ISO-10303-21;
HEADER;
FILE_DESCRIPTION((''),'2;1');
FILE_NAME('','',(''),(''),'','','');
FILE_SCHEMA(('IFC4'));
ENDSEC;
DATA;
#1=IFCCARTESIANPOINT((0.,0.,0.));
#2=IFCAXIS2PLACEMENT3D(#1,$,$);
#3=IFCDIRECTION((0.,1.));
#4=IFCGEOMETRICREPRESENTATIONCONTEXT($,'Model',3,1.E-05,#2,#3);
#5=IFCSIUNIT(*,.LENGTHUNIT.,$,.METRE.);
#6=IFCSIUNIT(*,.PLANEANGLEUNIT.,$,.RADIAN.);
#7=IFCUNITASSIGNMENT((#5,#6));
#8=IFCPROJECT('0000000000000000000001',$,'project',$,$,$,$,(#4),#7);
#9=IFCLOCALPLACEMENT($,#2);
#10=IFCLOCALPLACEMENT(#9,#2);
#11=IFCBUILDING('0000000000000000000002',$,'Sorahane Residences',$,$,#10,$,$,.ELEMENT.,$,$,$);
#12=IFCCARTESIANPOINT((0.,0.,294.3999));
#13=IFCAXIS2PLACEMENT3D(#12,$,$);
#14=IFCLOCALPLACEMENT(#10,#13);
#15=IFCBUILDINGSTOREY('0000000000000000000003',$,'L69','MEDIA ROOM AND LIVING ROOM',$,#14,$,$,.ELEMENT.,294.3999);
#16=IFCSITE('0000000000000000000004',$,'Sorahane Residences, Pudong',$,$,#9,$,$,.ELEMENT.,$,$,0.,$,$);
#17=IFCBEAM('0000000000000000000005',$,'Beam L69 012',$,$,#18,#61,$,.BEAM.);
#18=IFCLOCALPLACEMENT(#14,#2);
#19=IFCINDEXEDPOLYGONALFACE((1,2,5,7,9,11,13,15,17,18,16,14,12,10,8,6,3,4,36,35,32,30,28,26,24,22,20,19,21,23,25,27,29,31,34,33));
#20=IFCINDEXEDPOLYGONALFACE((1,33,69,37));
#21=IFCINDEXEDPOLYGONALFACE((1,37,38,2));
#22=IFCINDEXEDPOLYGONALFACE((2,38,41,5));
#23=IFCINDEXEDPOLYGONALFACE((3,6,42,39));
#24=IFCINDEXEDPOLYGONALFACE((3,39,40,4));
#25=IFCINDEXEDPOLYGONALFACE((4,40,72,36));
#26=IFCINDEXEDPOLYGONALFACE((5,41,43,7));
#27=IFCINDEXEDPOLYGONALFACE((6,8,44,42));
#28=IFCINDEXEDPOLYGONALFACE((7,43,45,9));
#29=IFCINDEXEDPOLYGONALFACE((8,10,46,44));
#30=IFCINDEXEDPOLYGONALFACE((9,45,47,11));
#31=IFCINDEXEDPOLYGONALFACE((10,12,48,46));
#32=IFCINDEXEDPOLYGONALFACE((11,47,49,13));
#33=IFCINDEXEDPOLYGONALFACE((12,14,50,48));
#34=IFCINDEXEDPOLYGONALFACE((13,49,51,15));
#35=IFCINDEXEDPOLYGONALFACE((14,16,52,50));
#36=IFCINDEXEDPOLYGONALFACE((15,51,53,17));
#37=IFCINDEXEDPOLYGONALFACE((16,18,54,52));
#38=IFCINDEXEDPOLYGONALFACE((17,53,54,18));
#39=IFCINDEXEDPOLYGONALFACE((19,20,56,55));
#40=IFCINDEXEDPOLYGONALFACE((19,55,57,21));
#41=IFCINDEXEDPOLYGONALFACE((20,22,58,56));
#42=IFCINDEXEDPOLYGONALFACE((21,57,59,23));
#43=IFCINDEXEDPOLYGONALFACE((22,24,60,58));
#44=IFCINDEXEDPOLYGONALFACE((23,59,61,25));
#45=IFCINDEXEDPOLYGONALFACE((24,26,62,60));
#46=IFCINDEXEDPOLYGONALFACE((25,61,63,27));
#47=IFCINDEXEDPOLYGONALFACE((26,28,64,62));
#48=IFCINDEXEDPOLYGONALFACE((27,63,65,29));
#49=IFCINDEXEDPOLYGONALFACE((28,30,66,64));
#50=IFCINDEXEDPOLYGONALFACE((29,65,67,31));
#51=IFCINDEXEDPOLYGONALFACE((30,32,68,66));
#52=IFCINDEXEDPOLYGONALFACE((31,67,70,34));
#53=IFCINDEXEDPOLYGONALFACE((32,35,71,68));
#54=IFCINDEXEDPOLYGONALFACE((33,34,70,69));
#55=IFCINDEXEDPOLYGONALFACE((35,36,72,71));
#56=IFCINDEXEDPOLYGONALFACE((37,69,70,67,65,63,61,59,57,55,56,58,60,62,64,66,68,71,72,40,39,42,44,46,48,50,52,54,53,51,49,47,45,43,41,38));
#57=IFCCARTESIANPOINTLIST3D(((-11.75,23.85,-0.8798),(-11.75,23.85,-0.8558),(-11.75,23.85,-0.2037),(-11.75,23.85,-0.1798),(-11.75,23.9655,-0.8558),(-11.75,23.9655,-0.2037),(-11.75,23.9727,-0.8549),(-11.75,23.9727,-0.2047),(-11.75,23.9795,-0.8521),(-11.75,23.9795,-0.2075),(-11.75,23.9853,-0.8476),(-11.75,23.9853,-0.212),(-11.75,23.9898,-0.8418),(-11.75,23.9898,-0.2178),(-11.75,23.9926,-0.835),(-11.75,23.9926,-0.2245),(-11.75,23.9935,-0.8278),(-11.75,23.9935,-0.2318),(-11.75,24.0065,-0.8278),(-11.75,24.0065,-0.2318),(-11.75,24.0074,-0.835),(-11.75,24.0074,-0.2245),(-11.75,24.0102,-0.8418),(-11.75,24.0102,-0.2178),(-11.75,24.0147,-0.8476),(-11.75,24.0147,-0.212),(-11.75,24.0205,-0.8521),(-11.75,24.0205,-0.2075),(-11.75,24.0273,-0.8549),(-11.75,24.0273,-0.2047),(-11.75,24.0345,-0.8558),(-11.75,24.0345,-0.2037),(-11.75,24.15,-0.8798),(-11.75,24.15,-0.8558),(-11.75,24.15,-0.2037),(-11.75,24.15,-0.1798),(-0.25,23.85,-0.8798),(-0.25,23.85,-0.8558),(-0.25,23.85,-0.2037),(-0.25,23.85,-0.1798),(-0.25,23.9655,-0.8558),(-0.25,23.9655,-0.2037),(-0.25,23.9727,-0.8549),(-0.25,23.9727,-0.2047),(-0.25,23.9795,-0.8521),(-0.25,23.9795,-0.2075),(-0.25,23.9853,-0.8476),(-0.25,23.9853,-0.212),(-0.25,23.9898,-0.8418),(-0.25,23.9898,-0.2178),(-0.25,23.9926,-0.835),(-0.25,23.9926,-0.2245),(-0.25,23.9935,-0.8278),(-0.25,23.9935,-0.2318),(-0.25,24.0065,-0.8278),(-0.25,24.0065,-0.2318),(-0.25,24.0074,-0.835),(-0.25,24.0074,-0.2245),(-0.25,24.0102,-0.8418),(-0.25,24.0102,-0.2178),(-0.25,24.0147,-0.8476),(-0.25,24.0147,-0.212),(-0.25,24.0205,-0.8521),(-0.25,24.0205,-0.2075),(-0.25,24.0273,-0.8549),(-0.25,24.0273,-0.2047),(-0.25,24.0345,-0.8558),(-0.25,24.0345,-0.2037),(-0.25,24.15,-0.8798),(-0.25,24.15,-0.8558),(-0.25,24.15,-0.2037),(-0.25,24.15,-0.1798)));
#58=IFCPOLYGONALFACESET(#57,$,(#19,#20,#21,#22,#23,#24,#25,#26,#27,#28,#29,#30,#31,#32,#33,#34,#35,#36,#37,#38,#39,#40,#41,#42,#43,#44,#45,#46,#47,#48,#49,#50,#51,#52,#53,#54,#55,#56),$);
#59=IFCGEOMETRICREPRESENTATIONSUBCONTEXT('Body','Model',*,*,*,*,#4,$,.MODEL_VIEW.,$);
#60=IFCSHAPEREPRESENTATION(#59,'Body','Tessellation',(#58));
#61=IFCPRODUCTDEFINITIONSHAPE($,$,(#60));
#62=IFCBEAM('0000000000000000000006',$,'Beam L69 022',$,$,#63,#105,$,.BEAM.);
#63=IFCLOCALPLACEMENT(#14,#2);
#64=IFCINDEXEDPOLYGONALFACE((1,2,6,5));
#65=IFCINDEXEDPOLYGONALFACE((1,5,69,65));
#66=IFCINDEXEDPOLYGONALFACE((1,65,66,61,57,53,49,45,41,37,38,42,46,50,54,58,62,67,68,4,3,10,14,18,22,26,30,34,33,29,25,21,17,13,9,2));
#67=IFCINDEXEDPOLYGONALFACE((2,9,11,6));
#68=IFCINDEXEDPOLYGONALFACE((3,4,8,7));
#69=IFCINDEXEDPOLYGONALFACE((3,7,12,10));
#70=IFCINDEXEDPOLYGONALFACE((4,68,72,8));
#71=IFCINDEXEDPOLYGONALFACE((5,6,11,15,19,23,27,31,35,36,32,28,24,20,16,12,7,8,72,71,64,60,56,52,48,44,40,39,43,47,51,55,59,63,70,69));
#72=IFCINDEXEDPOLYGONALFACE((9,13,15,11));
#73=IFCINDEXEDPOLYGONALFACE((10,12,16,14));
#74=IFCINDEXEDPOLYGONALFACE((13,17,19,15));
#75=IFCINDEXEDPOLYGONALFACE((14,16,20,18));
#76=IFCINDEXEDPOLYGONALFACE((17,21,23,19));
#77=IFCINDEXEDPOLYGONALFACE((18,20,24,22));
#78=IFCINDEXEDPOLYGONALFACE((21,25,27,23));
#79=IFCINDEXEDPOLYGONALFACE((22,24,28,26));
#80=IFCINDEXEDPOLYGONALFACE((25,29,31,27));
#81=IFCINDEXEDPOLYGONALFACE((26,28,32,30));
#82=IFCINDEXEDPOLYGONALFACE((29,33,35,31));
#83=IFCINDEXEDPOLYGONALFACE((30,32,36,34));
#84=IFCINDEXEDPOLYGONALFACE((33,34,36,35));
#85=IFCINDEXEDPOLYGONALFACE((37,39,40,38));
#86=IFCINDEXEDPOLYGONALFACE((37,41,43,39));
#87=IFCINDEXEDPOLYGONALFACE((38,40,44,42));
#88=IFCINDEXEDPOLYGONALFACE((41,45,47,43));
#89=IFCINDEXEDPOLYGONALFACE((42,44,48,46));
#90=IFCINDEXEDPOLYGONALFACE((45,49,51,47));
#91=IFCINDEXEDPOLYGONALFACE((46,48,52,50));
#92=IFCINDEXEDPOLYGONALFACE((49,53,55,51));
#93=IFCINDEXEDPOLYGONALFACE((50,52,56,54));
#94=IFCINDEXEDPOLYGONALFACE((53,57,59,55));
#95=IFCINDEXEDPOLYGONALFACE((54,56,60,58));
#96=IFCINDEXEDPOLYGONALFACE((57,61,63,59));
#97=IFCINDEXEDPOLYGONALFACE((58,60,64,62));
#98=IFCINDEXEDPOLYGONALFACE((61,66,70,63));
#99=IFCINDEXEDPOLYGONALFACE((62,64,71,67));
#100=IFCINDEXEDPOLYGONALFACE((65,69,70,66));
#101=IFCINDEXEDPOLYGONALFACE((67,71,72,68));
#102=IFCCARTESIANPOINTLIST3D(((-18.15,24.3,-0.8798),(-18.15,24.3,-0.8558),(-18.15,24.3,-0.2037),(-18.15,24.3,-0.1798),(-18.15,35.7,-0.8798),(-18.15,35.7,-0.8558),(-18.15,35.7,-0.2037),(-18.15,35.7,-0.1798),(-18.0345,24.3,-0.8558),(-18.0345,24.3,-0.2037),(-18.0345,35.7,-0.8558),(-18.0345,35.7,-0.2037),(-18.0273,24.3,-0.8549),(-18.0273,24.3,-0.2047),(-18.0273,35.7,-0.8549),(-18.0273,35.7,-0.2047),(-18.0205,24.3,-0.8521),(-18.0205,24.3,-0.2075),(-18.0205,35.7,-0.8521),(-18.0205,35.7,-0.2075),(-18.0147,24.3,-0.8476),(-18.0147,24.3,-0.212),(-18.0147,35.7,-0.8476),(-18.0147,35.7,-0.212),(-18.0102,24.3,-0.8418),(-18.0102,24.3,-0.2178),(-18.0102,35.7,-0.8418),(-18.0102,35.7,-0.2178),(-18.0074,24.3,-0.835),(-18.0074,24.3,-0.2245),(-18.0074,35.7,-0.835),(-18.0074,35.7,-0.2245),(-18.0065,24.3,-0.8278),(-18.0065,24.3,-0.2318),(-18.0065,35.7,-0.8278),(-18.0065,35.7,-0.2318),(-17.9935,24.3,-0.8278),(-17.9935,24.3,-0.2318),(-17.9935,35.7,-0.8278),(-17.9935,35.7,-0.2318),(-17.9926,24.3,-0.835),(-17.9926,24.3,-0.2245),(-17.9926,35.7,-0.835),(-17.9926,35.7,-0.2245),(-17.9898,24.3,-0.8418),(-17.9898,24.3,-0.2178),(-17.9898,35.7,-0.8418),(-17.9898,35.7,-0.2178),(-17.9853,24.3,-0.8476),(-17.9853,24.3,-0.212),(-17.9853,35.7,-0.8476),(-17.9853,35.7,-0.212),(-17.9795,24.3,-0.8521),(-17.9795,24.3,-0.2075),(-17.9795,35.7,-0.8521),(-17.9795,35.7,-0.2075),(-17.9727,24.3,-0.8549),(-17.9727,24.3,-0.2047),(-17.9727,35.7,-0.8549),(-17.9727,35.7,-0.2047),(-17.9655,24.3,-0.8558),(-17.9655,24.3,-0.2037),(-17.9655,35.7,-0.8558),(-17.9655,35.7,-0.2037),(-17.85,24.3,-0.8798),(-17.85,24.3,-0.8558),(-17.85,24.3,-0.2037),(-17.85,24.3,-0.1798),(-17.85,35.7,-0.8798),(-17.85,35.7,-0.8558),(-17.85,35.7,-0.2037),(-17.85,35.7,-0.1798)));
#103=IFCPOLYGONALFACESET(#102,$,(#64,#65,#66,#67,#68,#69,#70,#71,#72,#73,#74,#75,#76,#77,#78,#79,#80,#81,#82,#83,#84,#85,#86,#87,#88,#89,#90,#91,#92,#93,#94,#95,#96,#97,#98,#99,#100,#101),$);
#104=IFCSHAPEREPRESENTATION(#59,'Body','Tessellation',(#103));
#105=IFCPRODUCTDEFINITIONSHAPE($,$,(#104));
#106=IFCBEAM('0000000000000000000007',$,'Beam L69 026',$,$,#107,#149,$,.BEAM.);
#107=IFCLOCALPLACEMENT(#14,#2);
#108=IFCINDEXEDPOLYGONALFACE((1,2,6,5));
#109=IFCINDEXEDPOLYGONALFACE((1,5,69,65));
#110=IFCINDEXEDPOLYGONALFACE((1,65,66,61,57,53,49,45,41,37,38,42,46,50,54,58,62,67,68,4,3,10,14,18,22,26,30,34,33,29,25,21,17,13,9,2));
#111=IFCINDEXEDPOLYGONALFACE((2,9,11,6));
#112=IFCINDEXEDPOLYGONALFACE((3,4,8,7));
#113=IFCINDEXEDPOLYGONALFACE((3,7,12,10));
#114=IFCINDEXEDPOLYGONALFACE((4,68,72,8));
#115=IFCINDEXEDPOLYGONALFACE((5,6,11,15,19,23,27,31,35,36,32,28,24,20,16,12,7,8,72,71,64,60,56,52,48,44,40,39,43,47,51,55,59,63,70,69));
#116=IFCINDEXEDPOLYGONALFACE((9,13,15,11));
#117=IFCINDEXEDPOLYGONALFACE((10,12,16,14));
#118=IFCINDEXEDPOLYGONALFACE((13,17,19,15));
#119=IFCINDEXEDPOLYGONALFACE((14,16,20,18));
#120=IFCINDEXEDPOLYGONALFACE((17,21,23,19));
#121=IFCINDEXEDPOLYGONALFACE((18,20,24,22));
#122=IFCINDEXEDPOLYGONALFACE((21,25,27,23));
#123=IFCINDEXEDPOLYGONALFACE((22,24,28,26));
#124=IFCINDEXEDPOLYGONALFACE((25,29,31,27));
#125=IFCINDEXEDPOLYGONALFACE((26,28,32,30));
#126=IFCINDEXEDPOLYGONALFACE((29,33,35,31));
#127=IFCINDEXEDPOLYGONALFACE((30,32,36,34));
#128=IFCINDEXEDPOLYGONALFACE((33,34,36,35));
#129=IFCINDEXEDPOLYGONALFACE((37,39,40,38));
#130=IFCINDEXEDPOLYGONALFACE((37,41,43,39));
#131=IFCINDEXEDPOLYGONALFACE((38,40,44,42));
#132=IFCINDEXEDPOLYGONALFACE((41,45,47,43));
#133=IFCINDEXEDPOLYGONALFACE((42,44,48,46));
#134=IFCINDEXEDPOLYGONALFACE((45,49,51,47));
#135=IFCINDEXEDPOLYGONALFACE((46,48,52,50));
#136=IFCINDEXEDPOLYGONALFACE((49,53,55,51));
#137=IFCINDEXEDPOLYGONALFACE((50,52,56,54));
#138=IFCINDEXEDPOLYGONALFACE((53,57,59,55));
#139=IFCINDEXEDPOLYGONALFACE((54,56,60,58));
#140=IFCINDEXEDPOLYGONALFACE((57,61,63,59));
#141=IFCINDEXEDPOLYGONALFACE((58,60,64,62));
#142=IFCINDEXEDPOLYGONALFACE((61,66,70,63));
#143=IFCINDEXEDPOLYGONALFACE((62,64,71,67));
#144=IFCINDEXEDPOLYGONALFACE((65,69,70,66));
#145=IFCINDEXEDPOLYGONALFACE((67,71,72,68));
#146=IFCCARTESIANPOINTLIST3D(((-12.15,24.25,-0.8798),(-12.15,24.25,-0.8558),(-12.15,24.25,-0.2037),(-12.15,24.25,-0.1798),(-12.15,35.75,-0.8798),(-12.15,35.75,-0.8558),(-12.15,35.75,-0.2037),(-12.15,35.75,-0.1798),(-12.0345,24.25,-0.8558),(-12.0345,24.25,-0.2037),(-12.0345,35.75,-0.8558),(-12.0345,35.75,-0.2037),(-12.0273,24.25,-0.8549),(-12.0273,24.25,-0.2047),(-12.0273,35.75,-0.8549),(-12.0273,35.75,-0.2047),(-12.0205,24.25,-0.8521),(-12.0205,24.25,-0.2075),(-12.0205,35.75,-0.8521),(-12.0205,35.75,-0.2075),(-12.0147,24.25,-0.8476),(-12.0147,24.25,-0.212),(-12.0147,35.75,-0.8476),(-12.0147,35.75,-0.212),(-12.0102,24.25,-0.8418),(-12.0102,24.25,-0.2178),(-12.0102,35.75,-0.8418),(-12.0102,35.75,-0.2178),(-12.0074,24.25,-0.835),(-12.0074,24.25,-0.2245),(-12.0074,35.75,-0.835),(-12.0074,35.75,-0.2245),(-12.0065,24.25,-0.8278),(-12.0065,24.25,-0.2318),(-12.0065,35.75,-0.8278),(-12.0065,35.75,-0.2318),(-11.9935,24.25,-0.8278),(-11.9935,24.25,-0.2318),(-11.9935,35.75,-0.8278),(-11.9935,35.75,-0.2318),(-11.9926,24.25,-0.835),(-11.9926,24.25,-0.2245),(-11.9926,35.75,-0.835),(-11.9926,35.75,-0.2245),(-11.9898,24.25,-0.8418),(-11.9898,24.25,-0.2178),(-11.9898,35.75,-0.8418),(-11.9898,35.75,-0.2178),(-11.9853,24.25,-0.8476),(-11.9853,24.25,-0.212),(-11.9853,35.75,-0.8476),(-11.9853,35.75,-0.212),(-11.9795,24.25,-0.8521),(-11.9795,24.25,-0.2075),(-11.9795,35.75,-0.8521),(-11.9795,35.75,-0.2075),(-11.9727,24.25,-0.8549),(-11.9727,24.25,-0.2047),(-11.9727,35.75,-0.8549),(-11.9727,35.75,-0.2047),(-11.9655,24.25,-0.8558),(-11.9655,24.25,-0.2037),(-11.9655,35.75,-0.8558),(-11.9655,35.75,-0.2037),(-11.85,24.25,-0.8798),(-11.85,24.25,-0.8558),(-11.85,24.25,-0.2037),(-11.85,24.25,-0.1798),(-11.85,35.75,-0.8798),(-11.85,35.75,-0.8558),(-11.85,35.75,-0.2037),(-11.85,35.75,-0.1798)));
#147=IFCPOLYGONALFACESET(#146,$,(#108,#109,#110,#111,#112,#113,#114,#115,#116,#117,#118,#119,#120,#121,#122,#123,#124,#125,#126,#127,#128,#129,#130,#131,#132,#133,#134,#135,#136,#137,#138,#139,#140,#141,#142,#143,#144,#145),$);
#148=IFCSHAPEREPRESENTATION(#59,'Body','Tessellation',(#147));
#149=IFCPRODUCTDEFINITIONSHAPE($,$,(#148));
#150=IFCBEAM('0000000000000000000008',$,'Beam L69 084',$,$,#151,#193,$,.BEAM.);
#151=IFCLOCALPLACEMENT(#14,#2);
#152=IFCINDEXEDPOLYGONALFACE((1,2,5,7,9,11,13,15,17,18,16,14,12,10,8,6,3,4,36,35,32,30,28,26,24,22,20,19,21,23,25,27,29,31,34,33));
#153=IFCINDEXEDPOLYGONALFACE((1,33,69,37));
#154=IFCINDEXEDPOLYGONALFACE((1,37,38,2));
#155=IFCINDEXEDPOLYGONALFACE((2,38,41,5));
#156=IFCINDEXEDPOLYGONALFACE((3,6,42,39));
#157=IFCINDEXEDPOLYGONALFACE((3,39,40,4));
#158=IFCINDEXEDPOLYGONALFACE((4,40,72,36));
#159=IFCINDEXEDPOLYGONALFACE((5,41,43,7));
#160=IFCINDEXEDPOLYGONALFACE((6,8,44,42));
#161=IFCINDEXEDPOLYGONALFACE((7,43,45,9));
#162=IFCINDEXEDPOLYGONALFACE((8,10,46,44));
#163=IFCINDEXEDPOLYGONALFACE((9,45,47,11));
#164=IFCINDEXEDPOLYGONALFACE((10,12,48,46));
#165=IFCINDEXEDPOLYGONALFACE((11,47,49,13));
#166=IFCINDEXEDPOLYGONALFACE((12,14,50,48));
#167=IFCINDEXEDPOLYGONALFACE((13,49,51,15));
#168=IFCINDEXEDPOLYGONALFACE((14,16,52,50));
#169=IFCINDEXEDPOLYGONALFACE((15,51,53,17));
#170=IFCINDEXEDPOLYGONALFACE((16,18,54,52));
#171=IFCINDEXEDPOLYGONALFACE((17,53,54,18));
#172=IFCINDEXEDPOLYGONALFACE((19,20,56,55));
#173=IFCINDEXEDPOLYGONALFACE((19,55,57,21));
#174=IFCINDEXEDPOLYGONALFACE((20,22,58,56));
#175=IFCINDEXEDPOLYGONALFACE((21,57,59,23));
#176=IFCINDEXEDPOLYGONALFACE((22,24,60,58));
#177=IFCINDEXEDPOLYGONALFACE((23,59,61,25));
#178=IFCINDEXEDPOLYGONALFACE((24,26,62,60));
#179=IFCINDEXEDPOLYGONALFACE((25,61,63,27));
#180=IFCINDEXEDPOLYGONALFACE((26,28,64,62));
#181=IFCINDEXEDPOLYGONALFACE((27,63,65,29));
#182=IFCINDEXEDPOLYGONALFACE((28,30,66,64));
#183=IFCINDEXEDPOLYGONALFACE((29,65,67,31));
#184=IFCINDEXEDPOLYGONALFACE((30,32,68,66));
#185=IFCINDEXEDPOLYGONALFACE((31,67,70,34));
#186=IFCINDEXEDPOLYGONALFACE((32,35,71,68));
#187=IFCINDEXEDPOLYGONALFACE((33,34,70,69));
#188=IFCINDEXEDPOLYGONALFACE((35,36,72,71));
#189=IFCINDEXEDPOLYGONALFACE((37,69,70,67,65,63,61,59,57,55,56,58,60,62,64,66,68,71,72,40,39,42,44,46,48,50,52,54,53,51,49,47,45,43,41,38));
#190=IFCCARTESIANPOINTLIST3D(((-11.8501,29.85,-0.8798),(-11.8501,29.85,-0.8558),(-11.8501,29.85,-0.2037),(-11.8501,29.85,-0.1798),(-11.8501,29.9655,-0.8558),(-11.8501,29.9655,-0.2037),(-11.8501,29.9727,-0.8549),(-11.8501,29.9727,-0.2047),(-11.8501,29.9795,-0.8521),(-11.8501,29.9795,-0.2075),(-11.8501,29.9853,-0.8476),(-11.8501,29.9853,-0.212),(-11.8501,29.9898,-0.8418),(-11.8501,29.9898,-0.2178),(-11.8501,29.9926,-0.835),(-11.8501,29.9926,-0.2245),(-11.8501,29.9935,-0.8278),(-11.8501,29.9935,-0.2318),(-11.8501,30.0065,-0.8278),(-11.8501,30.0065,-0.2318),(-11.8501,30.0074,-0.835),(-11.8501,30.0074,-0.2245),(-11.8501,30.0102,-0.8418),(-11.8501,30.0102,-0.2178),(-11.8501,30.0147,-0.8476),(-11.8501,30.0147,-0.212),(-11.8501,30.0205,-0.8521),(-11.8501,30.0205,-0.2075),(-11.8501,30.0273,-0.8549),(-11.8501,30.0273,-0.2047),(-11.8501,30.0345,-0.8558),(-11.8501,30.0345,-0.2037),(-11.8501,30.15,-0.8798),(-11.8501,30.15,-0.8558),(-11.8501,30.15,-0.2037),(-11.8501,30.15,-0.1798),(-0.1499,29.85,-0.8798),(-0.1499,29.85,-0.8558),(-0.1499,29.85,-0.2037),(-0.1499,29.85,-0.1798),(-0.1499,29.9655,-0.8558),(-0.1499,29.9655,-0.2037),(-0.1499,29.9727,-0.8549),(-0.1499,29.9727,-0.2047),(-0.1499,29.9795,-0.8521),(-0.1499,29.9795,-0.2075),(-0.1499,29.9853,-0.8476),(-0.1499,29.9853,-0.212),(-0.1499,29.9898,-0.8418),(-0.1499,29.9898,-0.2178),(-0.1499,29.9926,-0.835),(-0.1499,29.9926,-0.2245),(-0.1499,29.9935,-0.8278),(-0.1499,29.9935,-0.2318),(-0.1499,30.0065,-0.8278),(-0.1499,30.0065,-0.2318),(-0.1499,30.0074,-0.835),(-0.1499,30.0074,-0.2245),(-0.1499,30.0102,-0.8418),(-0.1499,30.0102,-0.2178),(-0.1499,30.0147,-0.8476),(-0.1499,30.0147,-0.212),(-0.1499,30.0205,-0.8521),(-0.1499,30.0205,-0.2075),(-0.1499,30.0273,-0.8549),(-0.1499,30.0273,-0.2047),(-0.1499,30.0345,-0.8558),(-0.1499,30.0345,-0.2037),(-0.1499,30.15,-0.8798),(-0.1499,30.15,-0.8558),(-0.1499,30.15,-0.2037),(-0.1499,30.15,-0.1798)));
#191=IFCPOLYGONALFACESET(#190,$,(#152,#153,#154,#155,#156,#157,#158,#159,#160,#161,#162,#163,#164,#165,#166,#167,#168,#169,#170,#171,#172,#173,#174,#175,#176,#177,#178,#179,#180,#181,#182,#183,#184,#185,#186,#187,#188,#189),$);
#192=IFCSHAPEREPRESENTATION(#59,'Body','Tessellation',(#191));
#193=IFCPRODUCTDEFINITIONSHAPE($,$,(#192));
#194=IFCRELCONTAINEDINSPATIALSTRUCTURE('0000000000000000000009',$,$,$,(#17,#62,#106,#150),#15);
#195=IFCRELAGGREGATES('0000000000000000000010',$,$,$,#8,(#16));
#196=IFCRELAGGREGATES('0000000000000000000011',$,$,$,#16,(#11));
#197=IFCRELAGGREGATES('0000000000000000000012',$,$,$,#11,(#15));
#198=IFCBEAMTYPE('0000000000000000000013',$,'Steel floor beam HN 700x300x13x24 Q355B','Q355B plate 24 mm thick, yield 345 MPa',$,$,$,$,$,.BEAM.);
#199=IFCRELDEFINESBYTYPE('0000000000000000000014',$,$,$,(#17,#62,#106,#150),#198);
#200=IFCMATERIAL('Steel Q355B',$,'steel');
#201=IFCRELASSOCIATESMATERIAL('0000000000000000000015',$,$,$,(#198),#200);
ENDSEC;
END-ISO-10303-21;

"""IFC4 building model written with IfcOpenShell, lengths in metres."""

from ifc_helpers import new_model, si_unit, direction, frame, origin, origin_2d, place, context, subcontext, project, spatial, i_section, extrude, material, material_profile, profile_set, type_object, element, save


model = new_model("IFC4")

# Units and contexts
model_context = context("Model", 3, precision=1e-05, world=origin(), true_north=direction((0.0, 1.0)))
body_context = subcontext(model_context, "Body", "Model", "MODEL_VIEW")
ifc_project = project(units=[si_unit("LENGTHUNIT", "METRE"), si_unit("PLANEANGLEUNIT", "RADIAN")], contexts=[model_context])

# Site, building, storey
site_placement = place(None, origin())
site = spatial("IfcSite", under=ifc_project, at=site_placement, Name="Sorahane Residences, Pudong", CompositionType="ELEMENT", RefElevation=0.0)
building_placement = place(site_placement, origin())
building = spatial("IfcBuilding", under=site, at=building_placement, Name="Sorahane Residences", CompositionType="ELEMENT")
storey_placement = place(building_placement, frame((0.0, 0.0, 294.3999)))
storey = spatial("IfcBuildingStorey", under=building, at=storey_placement, Name="L69", Description="MEDIA ROOM AND LIVING ROOM", CompositionType="ELEMENT", Elevation=294.3999)

# Beams
ifc_material_1 = material(Name="Steel Q355B", Category="steel")
ifc_material_profile_1 = material_profile(ifc_material_1, i_section(OverallWidth=0.3, OverallDepth=0.7, WebThickness=0.0129, FlangeThickness=0.0239, FilletRadius=0.0281, at=origin_2d()), Name="HN 700x300x13x24")
ifc_profile_set_1 = profile_set([ifc_material_profile_1], Name="Steel Q355B")
beam_type_1 = type_object("IfcBeamType", Name="Steel floor beam HN 700x300x13x24 Q355B", Description="Q355B plate 24 mm thick, yield 345 MPa", PredefinedType="BEAM", material=ifc_profile_set_1)
beam_1_placement = place(storey_placement, frame((-11.75, 24.0, -0.5298), z_axis=(1.0, 0.0, 0.0), x_axis=(0.0, 1.0, 0.0)))
element("IfcBeam", 1, at=beam_1_placement, inside=storey, type_object=beam_type_1, Name="Beam L69 012", PredefinedType="BEAM", context=body_context, shape_type="SweptSolid", body=[
    extrude(i_section(OverallWidth=0.3, OverallDepth=0.7, WebThickness=0.0129, FlangeThickness=0.0239, FilletRadius=0.0281, at=origin_2d()), origin(), (0.0, 0.0, 1.0), 11.5),
])
beam_2_placement = place(storey_placement, frame((-18.0, 24.3, -0.5298), z_axis=(0.0, 1.0, 0.0), x_axis=(-1.0, 0.0, 0.0)))
element("IfcBeam", 2, at=beam_2_placement, inside=storey, type_object=beam_type_1, Name="Beam L69 022", PredefinedType="BEAM", context=body_context, shape_type="SweptSolid", body=[
    extrude(i_section(OverallWidth=0.3, OverallDepth=0.7, WebThickness=0.0129, FlangeThickness=0.0239, FilletRadius=0.0281, at=origin_2d()), origin(), (0.0, 0.0, 1.0), 11.3999),
])
beam_3_placement = place(storey_placement, frame((-12.0, 24.25, -0.5298), z_axis=(0.0, 1.0, 0.0), x_axis=(-1.0, 0.0, 0.0)))
element("IfcBeam", 3, at=beam_3_placement, inside=storey, type_object=beam_type_1, Name="Beam L69 026", PredefinedType="BEAM", context=body_context, shape_type="SweptSolid", body=[
    extrude(i_section(OverallWidth=0.3, OverallDepth=0.7, WebThickness=0.0129, FlangeThickness=0.0239, FilletRadius=0.0281, at=origin_2d()), origin(), (0.0, 0.0, 1.0), 11.5),
])
beam_4_placement = place(storey_placement, frame((-11.8501, 30.0, -0.5298), z_axis=(1.0, 0.0, 0.0), x_axis=(0.0, 1.0, 0.0)))
element("IfcBeam", 4, at=beam_4_placement, inside=storey, type_object=beam_type_1, Name="Beam L69 084", PredefinedType="BEAM", context=body_context, shape_type="SweptSolid", body=[
    extrude(i_section(OverallWidth=0.3, OverallDepth=0.7, WebThickness=0.0129, FlangeThickness=0.0239, FilletRadius=0.0281, at=origin_2d()), origin(), (0.0, 0.0, 1.0), 11.7002),
])

save(model, "model.ifc")
